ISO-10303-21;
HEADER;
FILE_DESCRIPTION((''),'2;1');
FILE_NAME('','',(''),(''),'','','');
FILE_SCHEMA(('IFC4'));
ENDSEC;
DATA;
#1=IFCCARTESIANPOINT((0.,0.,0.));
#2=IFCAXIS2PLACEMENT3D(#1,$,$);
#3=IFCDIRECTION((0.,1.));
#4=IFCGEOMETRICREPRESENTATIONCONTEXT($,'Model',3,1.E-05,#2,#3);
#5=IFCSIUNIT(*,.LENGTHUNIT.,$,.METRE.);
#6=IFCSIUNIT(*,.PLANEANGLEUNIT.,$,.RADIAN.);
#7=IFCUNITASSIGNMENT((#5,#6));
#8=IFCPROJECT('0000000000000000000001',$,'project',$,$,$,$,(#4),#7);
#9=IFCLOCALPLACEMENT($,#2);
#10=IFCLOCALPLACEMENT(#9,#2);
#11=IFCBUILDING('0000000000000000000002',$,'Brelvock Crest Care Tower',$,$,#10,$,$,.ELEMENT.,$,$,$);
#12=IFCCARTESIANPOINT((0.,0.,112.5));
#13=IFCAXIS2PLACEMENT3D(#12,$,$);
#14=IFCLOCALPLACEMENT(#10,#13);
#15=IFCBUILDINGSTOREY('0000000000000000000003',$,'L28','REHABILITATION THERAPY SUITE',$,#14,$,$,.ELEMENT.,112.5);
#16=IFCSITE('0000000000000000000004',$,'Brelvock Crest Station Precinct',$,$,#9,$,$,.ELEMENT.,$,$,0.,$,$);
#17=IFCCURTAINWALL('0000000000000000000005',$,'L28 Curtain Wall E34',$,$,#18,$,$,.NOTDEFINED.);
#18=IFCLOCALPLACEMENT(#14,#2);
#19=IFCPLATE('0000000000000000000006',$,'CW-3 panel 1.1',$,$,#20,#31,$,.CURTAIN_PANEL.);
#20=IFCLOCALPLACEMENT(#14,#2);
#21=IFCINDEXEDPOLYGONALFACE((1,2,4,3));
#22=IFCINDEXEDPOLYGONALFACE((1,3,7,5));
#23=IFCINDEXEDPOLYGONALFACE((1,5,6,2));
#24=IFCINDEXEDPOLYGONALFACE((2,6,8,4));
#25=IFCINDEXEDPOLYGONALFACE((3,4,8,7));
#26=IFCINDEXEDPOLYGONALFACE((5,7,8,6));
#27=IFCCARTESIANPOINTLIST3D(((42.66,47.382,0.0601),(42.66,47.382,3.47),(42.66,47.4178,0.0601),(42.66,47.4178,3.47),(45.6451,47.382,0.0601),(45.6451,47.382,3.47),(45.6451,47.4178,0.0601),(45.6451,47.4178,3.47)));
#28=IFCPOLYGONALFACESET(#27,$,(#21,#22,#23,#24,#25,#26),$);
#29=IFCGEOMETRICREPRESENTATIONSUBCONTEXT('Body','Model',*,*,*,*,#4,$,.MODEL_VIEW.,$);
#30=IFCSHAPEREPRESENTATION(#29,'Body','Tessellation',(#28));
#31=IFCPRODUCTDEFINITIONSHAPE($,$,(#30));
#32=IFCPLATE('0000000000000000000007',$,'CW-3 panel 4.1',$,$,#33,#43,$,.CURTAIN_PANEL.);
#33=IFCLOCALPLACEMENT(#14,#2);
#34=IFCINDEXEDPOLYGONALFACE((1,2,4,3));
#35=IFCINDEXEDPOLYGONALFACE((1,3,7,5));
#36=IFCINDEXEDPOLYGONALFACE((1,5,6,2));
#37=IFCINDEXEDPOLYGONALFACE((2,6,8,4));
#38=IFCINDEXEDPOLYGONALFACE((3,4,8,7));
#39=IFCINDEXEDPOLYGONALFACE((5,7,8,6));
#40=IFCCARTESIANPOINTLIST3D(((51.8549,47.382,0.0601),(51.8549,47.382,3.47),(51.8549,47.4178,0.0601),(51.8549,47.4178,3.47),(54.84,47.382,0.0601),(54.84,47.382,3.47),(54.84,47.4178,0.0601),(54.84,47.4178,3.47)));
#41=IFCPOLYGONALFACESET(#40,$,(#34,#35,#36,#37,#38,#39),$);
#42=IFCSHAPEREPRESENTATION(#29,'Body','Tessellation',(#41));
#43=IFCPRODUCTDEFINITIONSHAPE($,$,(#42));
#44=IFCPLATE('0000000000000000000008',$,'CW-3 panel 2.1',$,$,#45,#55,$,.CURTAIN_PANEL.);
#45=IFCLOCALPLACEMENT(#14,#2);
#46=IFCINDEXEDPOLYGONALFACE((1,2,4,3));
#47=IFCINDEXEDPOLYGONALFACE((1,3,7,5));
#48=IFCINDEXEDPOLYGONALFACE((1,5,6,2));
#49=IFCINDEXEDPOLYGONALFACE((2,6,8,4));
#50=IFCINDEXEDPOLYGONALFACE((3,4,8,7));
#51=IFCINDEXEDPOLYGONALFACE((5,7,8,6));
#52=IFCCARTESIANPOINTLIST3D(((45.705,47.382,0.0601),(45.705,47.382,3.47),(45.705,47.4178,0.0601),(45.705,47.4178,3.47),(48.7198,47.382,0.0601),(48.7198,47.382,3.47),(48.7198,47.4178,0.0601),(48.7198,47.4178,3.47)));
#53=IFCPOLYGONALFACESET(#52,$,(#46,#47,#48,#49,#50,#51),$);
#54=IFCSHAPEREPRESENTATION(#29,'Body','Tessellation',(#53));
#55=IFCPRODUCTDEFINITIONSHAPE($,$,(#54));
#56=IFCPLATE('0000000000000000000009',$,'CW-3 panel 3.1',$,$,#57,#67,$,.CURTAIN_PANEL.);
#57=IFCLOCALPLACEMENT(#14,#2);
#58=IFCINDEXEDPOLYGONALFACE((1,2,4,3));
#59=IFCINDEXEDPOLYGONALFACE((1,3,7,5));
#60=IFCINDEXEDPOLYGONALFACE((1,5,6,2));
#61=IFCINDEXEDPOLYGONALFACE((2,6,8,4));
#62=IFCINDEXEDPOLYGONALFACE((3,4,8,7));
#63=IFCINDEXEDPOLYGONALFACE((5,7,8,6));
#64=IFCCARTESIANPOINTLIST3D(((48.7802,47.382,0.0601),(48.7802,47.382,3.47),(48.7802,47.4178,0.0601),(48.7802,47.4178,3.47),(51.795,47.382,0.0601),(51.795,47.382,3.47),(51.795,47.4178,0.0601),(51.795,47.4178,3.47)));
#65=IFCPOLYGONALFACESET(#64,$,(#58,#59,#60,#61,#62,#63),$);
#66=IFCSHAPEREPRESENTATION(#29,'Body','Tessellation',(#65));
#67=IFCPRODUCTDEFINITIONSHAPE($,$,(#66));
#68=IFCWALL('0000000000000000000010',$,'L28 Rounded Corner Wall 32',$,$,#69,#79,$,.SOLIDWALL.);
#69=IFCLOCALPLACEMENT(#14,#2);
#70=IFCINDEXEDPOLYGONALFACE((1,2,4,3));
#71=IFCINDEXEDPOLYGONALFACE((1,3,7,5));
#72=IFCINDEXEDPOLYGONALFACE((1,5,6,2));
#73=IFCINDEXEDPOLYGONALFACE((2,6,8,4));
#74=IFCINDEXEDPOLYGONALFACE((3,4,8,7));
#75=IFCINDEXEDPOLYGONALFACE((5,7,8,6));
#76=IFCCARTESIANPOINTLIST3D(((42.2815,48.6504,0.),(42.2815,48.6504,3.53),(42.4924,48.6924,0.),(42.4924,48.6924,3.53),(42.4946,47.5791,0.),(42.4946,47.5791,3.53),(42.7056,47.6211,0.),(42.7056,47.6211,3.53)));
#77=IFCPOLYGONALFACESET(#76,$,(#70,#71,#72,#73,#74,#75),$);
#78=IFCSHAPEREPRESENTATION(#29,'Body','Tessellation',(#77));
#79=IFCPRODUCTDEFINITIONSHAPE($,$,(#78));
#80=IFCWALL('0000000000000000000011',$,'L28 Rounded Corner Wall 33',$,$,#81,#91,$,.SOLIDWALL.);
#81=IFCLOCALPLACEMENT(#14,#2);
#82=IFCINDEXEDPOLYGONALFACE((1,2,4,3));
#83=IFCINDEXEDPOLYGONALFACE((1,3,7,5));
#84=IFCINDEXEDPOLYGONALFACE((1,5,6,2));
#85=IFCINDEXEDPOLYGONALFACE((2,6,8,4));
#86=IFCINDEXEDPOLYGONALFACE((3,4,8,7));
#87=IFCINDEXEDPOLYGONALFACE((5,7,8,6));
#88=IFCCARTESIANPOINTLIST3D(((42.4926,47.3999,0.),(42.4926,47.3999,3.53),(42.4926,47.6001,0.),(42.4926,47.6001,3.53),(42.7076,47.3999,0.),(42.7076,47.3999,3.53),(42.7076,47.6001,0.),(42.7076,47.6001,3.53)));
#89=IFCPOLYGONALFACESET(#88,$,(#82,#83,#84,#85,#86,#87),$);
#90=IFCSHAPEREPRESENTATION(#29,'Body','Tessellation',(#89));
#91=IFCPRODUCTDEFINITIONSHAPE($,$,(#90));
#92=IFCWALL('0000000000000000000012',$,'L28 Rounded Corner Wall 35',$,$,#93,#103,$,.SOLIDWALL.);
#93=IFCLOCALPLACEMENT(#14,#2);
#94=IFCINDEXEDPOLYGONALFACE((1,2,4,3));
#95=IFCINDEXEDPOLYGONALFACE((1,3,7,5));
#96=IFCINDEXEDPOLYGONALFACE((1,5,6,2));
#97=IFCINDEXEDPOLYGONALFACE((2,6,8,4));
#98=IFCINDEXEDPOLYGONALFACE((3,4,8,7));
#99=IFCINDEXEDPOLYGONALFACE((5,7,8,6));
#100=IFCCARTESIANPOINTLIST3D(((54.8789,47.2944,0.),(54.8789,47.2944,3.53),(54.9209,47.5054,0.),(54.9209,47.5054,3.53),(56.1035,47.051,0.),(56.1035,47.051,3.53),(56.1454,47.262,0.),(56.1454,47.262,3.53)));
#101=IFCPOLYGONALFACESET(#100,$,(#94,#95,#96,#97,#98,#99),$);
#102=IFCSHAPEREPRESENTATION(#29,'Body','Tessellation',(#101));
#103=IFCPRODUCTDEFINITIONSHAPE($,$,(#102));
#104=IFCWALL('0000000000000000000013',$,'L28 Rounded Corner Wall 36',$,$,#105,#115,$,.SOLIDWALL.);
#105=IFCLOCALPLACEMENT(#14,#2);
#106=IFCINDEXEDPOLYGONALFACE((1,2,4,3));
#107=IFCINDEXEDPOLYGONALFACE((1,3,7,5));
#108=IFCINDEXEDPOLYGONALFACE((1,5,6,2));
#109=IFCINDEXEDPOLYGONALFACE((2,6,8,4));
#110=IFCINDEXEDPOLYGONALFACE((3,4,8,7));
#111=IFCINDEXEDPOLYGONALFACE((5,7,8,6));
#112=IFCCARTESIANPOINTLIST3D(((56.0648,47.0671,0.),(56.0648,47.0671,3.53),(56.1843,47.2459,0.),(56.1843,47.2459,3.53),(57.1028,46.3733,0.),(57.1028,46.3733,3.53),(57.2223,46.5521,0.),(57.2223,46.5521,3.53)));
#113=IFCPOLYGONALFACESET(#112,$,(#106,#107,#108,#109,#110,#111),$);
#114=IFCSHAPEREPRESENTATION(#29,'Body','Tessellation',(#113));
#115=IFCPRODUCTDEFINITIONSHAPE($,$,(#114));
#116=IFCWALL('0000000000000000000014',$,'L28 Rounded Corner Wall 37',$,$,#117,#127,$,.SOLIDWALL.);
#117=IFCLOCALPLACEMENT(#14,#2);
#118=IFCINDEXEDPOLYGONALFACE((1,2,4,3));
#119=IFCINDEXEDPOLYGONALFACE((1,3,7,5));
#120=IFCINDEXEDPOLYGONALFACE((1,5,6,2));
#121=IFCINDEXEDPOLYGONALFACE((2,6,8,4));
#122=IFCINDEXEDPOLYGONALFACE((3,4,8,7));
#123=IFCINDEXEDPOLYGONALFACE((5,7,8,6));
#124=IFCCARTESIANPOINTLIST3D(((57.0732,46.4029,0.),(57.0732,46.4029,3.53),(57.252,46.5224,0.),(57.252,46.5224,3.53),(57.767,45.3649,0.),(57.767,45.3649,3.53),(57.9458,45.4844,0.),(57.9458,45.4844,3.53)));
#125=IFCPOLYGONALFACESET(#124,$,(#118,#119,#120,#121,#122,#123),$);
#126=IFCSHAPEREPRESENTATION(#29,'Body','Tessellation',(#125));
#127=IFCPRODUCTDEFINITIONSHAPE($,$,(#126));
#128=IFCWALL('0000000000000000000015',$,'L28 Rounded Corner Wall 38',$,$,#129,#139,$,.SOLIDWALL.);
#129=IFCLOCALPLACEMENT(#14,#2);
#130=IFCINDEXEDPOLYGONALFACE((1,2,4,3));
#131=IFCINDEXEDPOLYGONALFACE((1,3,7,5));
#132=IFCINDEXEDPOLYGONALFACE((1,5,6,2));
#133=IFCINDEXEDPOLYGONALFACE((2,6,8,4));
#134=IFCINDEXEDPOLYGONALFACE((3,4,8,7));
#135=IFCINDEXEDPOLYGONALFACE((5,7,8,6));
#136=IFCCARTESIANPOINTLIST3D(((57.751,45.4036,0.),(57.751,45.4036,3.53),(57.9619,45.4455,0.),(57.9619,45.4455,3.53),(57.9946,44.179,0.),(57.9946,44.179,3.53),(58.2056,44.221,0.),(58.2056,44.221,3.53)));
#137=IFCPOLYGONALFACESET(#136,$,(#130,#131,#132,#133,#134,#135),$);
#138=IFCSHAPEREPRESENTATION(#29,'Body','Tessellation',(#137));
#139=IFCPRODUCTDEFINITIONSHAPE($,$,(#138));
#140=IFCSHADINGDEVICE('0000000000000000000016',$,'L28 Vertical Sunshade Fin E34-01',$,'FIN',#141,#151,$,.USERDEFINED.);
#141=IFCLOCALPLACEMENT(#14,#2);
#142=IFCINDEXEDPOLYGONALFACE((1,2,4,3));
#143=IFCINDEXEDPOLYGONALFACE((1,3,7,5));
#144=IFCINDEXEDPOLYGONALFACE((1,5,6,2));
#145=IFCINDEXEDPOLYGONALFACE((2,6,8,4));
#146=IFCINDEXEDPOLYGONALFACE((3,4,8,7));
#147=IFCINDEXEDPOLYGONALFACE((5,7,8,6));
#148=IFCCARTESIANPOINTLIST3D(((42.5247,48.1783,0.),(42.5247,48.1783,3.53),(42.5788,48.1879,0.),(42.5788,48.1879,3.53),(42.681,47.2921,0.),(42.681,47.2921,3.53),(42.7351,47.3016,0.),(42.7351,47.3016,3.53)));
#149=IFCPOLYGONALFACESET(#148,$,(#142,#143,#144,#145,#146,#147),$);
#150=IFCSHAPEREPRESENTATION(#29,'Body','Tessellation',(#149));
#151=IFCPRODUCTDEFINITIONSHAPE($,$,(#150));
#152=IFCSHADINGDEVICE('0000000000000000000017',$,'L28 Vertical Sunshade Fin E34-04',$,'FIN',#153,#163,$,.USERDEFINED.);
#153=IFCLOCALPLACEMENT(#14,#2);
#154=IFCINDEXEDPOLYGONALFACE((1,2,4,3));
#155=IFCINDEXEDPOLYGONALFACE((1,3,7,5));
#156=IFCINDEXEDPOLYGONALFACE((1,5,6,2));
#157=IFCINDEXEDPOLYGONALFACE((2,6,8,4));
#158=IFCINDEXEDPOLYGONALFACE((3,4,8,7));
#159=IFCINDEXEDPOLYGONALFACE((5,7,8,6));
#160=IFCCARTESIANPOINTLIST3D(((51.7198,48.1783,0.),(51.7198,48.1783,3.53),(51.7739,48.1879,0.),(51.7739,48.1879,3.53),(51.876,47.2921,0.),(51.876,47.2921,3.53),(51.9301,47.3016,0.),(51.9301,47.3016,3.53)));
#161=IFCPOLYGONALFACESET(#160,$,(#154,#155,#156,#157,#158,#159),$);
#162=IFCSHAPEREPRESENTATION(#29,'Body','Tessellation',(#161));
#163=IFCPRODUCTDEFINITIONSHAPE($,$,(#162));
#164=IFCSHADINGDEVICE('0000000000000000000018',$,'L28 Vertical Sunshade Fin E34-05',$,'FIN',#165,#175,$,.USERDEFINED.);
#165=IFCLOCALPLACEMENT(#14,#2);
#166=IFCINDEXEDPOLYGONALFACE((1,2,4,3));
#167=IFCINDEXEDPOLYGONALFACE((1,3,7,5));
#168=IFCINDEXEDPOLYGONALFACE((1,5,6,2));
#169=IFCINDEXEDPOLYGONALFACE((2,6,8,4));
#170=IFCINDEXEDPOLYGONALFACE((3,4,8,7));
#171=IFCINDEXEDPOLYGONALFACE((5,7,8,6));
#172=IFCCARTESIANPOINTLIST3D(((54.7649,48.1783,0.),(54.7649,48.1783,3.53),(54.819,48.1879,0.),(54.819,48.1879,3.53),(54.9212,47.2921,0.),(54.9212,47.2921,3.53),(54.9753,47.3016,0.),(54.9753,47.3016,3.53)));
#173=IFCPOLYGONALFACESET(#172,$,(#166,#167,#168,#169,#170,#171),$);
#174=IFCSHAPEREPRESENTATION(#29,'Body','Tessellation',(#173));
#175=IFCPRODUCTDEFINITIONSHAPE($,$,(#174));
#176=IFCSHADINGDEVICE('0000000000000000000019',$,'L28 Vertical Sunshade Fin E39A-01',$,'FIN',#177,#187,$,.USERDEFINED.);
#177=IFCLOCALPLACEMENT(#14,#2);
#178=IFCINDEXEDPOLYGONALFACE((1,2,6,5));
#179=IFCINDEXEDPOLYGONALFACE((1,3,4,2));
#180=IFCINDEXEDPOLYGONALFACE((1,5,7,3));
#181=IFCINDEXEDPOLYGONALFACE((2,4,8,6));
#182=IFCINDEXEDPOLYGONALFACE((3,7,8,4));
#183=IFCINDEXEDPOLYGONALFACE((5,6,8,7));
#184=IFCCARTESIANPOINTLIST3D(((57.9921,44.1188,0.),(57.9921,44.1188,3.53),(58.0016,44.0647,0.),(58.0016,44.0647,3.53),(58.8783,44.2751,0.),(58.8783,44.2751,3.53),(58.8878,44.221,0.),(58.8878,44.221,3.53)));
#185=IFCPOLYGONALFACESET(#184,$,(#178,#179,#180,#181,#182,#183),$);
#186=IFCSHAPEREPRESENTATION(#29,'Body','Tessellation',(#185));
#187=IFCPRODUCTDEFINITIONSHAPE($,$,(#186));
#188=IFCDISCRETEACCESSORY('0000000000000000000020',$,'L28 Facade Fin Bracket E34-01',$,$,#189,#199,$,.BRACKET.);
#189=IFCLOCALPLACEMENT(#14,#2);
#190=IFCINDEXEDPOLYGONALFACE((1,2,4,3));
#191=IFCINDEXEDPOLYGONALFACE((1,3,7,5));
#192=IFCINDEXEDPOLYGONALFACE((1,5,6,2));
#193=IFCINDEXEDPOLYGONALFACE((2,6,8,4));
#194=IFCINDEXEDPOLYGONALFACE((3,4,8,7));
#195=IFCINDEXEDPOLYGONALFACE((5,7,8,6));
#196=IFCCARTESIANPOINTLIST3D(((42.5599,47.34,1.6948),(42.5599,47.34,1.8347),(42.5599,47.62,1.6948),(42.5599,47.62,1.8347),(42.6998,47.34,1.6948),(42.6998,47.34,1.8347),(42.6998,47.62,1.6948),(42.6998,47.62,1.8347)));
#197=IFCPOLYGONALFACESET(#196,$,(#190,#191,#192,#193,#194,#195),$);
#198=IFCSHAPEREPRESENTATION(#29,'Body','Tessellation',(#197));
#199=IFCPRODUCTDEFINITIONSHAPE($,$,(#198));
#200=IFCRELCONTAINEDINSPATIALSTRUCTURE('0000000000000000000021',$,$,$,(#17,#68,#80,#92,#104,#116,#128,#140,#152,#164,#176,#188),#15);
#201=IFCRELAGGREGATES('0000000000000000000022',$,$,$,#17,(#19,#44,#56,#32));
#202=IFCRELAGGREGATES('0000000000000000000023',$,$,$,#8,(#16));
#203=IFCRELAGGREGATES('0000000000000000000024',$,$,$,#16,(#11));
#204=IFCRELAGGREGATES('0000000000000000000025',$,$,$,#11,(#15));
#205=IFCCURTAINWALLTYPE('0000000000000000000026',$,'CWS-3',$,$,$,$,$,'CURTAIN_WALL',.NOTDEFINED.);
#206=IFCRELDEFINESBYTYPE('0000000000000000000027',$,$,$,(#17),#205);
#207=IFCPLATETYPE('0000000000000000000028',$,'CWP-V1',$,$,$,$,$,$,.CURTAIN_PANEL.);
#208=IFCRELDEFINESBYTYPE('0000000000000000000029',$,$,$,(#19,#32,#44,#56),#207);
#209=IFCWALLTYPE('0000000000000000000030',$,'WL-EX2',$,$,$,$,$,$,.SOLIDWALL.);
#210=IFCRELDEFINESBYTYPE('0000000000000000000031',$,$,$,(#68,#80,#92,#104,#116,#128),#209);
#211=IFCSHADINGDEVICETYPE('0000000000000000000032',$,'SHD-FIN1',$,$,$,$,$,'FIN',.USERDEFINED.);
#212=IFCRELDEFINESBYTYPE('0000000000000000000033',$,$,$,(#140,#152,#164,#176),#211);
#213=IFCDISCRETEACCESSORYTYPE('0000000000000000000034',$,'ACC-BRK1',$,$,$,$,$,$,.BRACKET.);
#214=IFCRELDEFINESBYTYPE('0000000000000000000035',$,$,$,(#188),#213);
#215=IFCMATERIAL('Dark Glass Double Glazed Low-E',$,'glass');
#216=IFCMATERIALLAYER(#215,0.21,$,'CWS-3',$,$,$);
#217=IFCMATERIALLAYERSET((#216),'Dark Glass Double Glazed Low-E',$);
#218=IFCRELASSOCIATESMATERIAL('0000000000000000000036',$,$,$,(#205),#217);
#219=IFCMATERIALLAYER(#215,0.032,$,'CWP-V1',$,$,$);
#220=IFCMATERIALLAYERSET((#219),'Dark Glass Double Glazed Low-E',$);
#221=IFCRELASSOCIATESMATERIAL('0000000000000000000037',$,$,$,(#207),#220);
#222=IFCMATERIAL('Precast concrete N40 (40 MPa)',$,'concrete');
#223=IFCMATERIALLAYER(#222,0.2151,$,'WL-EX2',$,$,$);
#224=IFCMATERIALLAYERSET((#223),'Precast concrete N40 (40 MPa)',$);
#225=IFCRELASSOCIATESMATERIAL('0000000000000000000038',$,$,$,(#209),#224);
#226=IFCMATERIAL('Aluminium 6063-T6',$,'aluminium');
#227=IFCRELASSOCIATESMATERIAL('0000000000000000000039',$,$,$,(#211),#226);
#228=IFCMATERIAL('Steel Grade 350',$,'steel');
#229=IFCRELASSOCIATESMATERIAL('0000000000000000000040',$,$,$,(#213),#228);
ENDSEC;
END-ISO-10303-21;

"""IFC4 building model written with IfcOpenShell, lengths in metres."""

from ifc_helpers import new_model, si_unit, direction, frame, frame_2d, origin, origin_2d, place, context, subcontext, project, spatial, rectangle, extrude, source, transform, mapped, material, layer, layer_set, material_profile, profile_set, type_object, element, aggregate, save


model = new_model("IFC4")

# Units and contexts
model_context = context("Model", 3, precision=1e-05, world=origin(), true_north=direction((0.0, 1.0)))
body_context = subcontext(model_context, "Body", "Model", "MODEL_VIEW")
ifc_project = project(units=[si_unit("LENGTHUNIT", "METRE"), si_unit("PLANEANGLEUNIT", "RADIAN")], contexts=[model_context])

# Site, building, storey
site_placement = place(None, origin())
site = spatial("IfcSite", under=ifc_project, at=site_placement, Name="Brelvock Crest Station Precinct", CompositionType="ELEMENT", RefElevation=0.0)
building_placement = place(site_placement, origin())
building = spatial("IfcBuilding", under=site, at=building_placement, Name="Brelvock Crest Care Tower", CompositionType="ELEMENT")
storey_placement = place(building_placement, frame((0.0, 0.0, 112.5)))
storey = spatial("IfcBuildingStorey", under=building, at=storey_placement, Name="L28", Description="REHABILITATION THERAPY SUITE", CompositionType="ELEMENT", Elevation=112.5)

# Curtain wall, plates
ifc_material_1 = material(Name="Dark Glass Double Glazed Low-E", Category="glass")
ifc_layer_1 = layer(ifc_material_1, 0.21, Name="CWS-3")
ifc_layer_set_1 = layer_set([ifc_layer_1], Name="Dark Glass Double Glazed Low-E")
curtain_wall_type = type_object("IfcCurtainWallType", Name="CWS-3", ElementType="CURTAIN_WALL", PredefinedType="NOTDEFINED", material=ifc_layer_set_1)
curtain_wall_placement = place(storey_placement, origin())
curtain_wall = element("IfcCurtainWall", 1, at=curtain_wall_placement, inside=storey, type_object=curtain_wall_type, Name="L28 Curtain Wall E34", PredefinedType="NOTDEFINED")
ifc_material_2 = material(Name="Aluminium 6063-T6", Category="aluminium")
ifc_layer_2 = layer(ifc_material_1, 0.032, Name="CWP-V1")
ifc_layer_set_2 = layer_set([ifc_layer_2], Name="Dark Glass Double Glazed Low-E")
plate_type = type_object("IfcPlateType", Name="CWP-V1", PredefinedType="CURTAIN_PANEL", material=ifc_layer_set_2)
shared_shape_1 = source(origin(), body_context, "Body", "SweptSolid", [
    extrude(rectangle(XDim=2.9851, YDim=0.0359, at=origin_2d()), origin(), (0.0, 0.0, 1.0), 3.4099),
])
plate_1_placement = place(storey_placement, frame((44.1526, 47.3999, 0.0601), z_axis=(0.0, 0.0, 1.0), x_axis=(1.0, 0.0, 0.0)))
plate_1 = element("IfcPlate", 2, at=plate_1_placement, type_object=plate_type, Name="CW-3 panel 1.1", PredefinedType="CURTAIN_PANEL", context=body_context, shape_type="MappedRepresentation", body=[
    mapped(shared_shape_1, transform((0.0, 0.0, 0.0), x_axis=(1.0, 0.0, 0.0), y_axis=(0.0, 1.0, 0.0), z_axis=(0.0, 0.0, 1.0), scale=1.0)),
])
plate_2_placement = place(storey_placement, frame((53.3474, 47.3999, 0.0601), z_axis=(0.0, 0.0, 1.0), x_axis=(1.0, 0.0, 0.0)))
plate_2 = element("IfcPlate", 3, at=plate_2_placement, type_object=plate_type, Name="CW-3 panel 4.1", PredefinedType="CURTAIN_PANEL", context=body_context, shape_type="MappedRepresentation", body=[
    mapped(shared_shape_1, transform((0.0, 0.0, 0.0), x_axis=(1.0, 0.0, 0.0), y_axis=(0.0, 1.0, 0.0), z_axis=(0.0, 0.0, 1.0), scale=1.0)),
])
shared_shape_2 = source(origin(), body_context, "Body", "SweptSolid", [
    extrude(rectangle(XDim=3.0149, YDim=0.0359, at=origin_2d()), origin(), (0.0, 0.0, 1.0), 3.4099),
])
plate_3_placement = place(storey_placement, frame((47.2124, 47.3999, 0.0601), z_axis=(0.0, 0.0, 1.0), x_axis=(1.0, 0.0, 0.0)))
plate_3 = element("IfcPlate", 4, at=plate_3_placement, type_object=plate_type, Name="CW-3 panel 2.1", PredefinedType="CURTAIN_PANEL", context=body_context, shape_type="MappedRepresentation", body=[
    mapped(shared_shape_2, transform((0.0, 0.0, 0.0), x_axis=(1.0, 0.0, 0.0), y_axis=(0.0, 1.0, 0.0), z_axis=(0.0, 0.0, 1.0), scale=1.0)),
])
plate_4_placement = place(storey_placement, frame((50.2876, 47.3999, 0.0601), z_axis=(0.0, 0.0, 1.0), x_axis=(1.0, 0.0, 0.0)))
plate_4 = element("IfcPlate", 5, at=plate_4_placement, type_object=plate_type, Name="CW-3 panel 3.1", PredefinedType="CURTAIN_PANEL", context=body_context, shape_type="MappedRepresentation", body=[
    mapped(shared_shape_2, transform((0.0, 0.0, 0.0), x_axis=(1.0, 0.0, 0.0), y_axis=(0.0, 1.0, 0.0), z_axis=(0.0, 0.0, 1.0), scale=1.0)),
])
aggregate(curtain_wall, [plate_1, plate_3, plate_4, plate_2])

# Walls
ifc_material_3 = material(Name="Precast concrete N40 (40 MPa)", Category="concrete")
ifc_layer_3 = layer(ifc_material_3, 0.2151, Name="WL-EX2")
ifc_layer_set_3 = layer_set([ifc_layer_3], Name="Precast concrete N40 (40 MPa)")
wall_type = type_object("IfcWallType", Name="WL-EX2", PredefinedType="SOLIDWALL", material=ifc_layer_set_3)
wall_1_placement = place(storey_placement, frame((42.387, 48.6714, 0.0), z_axis=(0.0, 0.0, 1.0), x_axis=(0.195127, -0.980778, 0.0)))
element("IfcWall", 6, at=wall_1_placement, inside=storey, type_object=wall_type, Name="L28 Rounded Corner Wall 32", PredefinedType="SOLIDWALL", context=body_context, shape_type="SweptSolid", body=[
    extrude(rectangle(XDim=1.0923, YDim=0.2151, at=frame_2d((0.5461, 0.0))), origin(), (0.0, 0.0, 1.0), 3.53),
])
wall_2_placement = place(storey_placement, frame((42.6001, 47.6001, 0.0), z_axis=(0.0, 0.0, 1.0), x_axis=(0.0, -1.0, 0.0)))
element("IfcWall", 7, at=wall_2_placement, inside=storey, type_object=wall_type, Name="L28 Rounded Corner Wall 33", PredefinedType="SOLIDWALL", context=body_context, shape_type="SweptSolid", body=[
    extrude(rectangle(XDim=0.2002, YDim=0.2151, at=frame_2d((0.1001, 0.0))), origin(), (0.0, 0.0, 1.0), 3.53),
])
for number, where, z_axis, x_axis, name in (
    (8, (54.8999, 47.3999, 0.0), (0.0, 0.0, 1.0), (0.980813, -0.19495, 0.0), "L28 Rounded Corner Wall 35"),
    (9, (56.1245, 47.1565, 0.0), (0.0, 0.0, 1.0), (0.831388, -0.555692, 0.0), "L28 Rounded Corner Wall 36"),
    (10, (57.1626, 46.4626, 0.0), (0.0, 0.0, 1.0), (0.555692, -0.831388, 0.0), "L28 Rounded Corner Wall 37"),
    (11, (57.8564, 45.4246, 0.0), (0.0, 0.0, 1.0), (0.195138, -0.980776, 0.0), "L28 Rounded Corner Wall 38"),
):
    element("IfcWall", number, at=place(storey_placement, frame(where, z_axis=z_axis, x_axis=x_axis)), inside=storey, type_object=wall_type, Name=name, PredefinedType="SOLIDWALL", context=body_context, shape_type="SweptSolid", body=[
        extrude(rectangle(XDim=1.2485, YDim=0.2151, at=frame_2d((0.6243, 0.0))), origin(), (0.0, 0.0, 1.0), 3.53),
    ])

# Shading devices
ifc_material_profile_1 = material_profile(ifc_material_2, rectangle(XDim=0.0549, YDim=0.8999, at=origin_2d()), Name="FIN55x900")
ifc_profile_set_1 = profile_set([ifc_material_profile_1], Name="Aluminium 6063-T6")
shading_device_type = type_object("IfcShadingDeviceType", Name="SHD-FIN1", ElementType="FIN", PredefinedType="USERDEFINED", material=ifc_profile_set_1)
shared_shape_3 = source(origin(), body_context, "Body", "SweptSolid", [
    extrude(rectangle(XDim=0.0549, YDim=0.8999, at=origin_2d()), origin(), (0.0, 0.0, 1.0), 3.53),
])
for number, where, z_axis, x_axis, name in (
    (12, (42.6299, 47.74, 0.0), (0.0, 0.0, 1.0), (0.984808, 0.173648, 0.0), "L28 Vertical Sunshade Fin E34-01"),
    (13, (51.825, 47.74, 0.0), (0.0, 0.0, 1.0), (0.984808, 0.173648, 0.0), "L28 Vertical Sunshade Fin E34-04"),
    (14, (54.8701, 47.74, 0.0), (0.0, 0.0, 1.0), (0.984808, 0.173648, 0.0), "L28 Vertical Sunshade Fin E34-05"),
    (15, (58.4399, 44.1699, 0.0), (0.0, 0.0, 1.0), (0.173648, -0.984808, 0.0), "L28 Vertical Sunshade Fin E39A-01"),
):
    element("IfcShadingDevice", number, at=place(storey_placement, frame(where, z_axis=z_axis, x_axis=x_axis)), inside=storey, type_object=shading_device_type, Name=name, ObjectType="FIN", PredefinedType="USERDEFINED", context=body_context, shape_type="MappedRepresentation", body=[
        mapped(shared_shape_3, transform((0.0, 0.0, 0.0), x_axis=(1.0, 0.0, 0.0), y_axis=(0.0, 1.0, 0.0), z_axis=(0.0, 0.0, 1.0), scale=1.0)),
    ])

# Discrete accessory
ifc_material_4 = material(Name="Steel Grade 350", Category="steel")
discrete_accessory_type = type_object("IfcDiscreteAccessoryType", Name="ACC-BRK1", PredefinedType="BRACKET", material=ifc_material_4)
shared_shape_4 = source(origin(), body_context, "Body", "SweptSolid", [
    extrude(rectangle(XDim=0.28, YDim=0.1399, at=origin_2d()), origin(), (0.0, 0.0, 1.0), 0.1399),
])
for number, where, z_axis, x_axis, name in (
    (16, (42.6299, 47.48, 1.6948), (0.0, 0.0, 1.0), (0.0, 1.0, 0.0), "L28 Facade Fin Bracket E34-01"),
):
    element("IfcDiscreteAccessory", number, at=place(storey_placement, frame(where, z_axis=z_axis, x_axis=x_axis)), inside=storey, type_object=discrete_accessory_type, Name=name, PredefinedType="BRACKET", context=body_context, shape_type="MappedRepresentation", body=[
        mapped(shared_shape_4, transform((0.0, 0.0, 0.0), x_axis=(1.0, 0.0, 0.0), y_axis=(0.0, 1.0, 0.0), z_axis=(0.0, 0.0, 1.0), scale=1.0)),
    ])

save(model, "model.ifc")
